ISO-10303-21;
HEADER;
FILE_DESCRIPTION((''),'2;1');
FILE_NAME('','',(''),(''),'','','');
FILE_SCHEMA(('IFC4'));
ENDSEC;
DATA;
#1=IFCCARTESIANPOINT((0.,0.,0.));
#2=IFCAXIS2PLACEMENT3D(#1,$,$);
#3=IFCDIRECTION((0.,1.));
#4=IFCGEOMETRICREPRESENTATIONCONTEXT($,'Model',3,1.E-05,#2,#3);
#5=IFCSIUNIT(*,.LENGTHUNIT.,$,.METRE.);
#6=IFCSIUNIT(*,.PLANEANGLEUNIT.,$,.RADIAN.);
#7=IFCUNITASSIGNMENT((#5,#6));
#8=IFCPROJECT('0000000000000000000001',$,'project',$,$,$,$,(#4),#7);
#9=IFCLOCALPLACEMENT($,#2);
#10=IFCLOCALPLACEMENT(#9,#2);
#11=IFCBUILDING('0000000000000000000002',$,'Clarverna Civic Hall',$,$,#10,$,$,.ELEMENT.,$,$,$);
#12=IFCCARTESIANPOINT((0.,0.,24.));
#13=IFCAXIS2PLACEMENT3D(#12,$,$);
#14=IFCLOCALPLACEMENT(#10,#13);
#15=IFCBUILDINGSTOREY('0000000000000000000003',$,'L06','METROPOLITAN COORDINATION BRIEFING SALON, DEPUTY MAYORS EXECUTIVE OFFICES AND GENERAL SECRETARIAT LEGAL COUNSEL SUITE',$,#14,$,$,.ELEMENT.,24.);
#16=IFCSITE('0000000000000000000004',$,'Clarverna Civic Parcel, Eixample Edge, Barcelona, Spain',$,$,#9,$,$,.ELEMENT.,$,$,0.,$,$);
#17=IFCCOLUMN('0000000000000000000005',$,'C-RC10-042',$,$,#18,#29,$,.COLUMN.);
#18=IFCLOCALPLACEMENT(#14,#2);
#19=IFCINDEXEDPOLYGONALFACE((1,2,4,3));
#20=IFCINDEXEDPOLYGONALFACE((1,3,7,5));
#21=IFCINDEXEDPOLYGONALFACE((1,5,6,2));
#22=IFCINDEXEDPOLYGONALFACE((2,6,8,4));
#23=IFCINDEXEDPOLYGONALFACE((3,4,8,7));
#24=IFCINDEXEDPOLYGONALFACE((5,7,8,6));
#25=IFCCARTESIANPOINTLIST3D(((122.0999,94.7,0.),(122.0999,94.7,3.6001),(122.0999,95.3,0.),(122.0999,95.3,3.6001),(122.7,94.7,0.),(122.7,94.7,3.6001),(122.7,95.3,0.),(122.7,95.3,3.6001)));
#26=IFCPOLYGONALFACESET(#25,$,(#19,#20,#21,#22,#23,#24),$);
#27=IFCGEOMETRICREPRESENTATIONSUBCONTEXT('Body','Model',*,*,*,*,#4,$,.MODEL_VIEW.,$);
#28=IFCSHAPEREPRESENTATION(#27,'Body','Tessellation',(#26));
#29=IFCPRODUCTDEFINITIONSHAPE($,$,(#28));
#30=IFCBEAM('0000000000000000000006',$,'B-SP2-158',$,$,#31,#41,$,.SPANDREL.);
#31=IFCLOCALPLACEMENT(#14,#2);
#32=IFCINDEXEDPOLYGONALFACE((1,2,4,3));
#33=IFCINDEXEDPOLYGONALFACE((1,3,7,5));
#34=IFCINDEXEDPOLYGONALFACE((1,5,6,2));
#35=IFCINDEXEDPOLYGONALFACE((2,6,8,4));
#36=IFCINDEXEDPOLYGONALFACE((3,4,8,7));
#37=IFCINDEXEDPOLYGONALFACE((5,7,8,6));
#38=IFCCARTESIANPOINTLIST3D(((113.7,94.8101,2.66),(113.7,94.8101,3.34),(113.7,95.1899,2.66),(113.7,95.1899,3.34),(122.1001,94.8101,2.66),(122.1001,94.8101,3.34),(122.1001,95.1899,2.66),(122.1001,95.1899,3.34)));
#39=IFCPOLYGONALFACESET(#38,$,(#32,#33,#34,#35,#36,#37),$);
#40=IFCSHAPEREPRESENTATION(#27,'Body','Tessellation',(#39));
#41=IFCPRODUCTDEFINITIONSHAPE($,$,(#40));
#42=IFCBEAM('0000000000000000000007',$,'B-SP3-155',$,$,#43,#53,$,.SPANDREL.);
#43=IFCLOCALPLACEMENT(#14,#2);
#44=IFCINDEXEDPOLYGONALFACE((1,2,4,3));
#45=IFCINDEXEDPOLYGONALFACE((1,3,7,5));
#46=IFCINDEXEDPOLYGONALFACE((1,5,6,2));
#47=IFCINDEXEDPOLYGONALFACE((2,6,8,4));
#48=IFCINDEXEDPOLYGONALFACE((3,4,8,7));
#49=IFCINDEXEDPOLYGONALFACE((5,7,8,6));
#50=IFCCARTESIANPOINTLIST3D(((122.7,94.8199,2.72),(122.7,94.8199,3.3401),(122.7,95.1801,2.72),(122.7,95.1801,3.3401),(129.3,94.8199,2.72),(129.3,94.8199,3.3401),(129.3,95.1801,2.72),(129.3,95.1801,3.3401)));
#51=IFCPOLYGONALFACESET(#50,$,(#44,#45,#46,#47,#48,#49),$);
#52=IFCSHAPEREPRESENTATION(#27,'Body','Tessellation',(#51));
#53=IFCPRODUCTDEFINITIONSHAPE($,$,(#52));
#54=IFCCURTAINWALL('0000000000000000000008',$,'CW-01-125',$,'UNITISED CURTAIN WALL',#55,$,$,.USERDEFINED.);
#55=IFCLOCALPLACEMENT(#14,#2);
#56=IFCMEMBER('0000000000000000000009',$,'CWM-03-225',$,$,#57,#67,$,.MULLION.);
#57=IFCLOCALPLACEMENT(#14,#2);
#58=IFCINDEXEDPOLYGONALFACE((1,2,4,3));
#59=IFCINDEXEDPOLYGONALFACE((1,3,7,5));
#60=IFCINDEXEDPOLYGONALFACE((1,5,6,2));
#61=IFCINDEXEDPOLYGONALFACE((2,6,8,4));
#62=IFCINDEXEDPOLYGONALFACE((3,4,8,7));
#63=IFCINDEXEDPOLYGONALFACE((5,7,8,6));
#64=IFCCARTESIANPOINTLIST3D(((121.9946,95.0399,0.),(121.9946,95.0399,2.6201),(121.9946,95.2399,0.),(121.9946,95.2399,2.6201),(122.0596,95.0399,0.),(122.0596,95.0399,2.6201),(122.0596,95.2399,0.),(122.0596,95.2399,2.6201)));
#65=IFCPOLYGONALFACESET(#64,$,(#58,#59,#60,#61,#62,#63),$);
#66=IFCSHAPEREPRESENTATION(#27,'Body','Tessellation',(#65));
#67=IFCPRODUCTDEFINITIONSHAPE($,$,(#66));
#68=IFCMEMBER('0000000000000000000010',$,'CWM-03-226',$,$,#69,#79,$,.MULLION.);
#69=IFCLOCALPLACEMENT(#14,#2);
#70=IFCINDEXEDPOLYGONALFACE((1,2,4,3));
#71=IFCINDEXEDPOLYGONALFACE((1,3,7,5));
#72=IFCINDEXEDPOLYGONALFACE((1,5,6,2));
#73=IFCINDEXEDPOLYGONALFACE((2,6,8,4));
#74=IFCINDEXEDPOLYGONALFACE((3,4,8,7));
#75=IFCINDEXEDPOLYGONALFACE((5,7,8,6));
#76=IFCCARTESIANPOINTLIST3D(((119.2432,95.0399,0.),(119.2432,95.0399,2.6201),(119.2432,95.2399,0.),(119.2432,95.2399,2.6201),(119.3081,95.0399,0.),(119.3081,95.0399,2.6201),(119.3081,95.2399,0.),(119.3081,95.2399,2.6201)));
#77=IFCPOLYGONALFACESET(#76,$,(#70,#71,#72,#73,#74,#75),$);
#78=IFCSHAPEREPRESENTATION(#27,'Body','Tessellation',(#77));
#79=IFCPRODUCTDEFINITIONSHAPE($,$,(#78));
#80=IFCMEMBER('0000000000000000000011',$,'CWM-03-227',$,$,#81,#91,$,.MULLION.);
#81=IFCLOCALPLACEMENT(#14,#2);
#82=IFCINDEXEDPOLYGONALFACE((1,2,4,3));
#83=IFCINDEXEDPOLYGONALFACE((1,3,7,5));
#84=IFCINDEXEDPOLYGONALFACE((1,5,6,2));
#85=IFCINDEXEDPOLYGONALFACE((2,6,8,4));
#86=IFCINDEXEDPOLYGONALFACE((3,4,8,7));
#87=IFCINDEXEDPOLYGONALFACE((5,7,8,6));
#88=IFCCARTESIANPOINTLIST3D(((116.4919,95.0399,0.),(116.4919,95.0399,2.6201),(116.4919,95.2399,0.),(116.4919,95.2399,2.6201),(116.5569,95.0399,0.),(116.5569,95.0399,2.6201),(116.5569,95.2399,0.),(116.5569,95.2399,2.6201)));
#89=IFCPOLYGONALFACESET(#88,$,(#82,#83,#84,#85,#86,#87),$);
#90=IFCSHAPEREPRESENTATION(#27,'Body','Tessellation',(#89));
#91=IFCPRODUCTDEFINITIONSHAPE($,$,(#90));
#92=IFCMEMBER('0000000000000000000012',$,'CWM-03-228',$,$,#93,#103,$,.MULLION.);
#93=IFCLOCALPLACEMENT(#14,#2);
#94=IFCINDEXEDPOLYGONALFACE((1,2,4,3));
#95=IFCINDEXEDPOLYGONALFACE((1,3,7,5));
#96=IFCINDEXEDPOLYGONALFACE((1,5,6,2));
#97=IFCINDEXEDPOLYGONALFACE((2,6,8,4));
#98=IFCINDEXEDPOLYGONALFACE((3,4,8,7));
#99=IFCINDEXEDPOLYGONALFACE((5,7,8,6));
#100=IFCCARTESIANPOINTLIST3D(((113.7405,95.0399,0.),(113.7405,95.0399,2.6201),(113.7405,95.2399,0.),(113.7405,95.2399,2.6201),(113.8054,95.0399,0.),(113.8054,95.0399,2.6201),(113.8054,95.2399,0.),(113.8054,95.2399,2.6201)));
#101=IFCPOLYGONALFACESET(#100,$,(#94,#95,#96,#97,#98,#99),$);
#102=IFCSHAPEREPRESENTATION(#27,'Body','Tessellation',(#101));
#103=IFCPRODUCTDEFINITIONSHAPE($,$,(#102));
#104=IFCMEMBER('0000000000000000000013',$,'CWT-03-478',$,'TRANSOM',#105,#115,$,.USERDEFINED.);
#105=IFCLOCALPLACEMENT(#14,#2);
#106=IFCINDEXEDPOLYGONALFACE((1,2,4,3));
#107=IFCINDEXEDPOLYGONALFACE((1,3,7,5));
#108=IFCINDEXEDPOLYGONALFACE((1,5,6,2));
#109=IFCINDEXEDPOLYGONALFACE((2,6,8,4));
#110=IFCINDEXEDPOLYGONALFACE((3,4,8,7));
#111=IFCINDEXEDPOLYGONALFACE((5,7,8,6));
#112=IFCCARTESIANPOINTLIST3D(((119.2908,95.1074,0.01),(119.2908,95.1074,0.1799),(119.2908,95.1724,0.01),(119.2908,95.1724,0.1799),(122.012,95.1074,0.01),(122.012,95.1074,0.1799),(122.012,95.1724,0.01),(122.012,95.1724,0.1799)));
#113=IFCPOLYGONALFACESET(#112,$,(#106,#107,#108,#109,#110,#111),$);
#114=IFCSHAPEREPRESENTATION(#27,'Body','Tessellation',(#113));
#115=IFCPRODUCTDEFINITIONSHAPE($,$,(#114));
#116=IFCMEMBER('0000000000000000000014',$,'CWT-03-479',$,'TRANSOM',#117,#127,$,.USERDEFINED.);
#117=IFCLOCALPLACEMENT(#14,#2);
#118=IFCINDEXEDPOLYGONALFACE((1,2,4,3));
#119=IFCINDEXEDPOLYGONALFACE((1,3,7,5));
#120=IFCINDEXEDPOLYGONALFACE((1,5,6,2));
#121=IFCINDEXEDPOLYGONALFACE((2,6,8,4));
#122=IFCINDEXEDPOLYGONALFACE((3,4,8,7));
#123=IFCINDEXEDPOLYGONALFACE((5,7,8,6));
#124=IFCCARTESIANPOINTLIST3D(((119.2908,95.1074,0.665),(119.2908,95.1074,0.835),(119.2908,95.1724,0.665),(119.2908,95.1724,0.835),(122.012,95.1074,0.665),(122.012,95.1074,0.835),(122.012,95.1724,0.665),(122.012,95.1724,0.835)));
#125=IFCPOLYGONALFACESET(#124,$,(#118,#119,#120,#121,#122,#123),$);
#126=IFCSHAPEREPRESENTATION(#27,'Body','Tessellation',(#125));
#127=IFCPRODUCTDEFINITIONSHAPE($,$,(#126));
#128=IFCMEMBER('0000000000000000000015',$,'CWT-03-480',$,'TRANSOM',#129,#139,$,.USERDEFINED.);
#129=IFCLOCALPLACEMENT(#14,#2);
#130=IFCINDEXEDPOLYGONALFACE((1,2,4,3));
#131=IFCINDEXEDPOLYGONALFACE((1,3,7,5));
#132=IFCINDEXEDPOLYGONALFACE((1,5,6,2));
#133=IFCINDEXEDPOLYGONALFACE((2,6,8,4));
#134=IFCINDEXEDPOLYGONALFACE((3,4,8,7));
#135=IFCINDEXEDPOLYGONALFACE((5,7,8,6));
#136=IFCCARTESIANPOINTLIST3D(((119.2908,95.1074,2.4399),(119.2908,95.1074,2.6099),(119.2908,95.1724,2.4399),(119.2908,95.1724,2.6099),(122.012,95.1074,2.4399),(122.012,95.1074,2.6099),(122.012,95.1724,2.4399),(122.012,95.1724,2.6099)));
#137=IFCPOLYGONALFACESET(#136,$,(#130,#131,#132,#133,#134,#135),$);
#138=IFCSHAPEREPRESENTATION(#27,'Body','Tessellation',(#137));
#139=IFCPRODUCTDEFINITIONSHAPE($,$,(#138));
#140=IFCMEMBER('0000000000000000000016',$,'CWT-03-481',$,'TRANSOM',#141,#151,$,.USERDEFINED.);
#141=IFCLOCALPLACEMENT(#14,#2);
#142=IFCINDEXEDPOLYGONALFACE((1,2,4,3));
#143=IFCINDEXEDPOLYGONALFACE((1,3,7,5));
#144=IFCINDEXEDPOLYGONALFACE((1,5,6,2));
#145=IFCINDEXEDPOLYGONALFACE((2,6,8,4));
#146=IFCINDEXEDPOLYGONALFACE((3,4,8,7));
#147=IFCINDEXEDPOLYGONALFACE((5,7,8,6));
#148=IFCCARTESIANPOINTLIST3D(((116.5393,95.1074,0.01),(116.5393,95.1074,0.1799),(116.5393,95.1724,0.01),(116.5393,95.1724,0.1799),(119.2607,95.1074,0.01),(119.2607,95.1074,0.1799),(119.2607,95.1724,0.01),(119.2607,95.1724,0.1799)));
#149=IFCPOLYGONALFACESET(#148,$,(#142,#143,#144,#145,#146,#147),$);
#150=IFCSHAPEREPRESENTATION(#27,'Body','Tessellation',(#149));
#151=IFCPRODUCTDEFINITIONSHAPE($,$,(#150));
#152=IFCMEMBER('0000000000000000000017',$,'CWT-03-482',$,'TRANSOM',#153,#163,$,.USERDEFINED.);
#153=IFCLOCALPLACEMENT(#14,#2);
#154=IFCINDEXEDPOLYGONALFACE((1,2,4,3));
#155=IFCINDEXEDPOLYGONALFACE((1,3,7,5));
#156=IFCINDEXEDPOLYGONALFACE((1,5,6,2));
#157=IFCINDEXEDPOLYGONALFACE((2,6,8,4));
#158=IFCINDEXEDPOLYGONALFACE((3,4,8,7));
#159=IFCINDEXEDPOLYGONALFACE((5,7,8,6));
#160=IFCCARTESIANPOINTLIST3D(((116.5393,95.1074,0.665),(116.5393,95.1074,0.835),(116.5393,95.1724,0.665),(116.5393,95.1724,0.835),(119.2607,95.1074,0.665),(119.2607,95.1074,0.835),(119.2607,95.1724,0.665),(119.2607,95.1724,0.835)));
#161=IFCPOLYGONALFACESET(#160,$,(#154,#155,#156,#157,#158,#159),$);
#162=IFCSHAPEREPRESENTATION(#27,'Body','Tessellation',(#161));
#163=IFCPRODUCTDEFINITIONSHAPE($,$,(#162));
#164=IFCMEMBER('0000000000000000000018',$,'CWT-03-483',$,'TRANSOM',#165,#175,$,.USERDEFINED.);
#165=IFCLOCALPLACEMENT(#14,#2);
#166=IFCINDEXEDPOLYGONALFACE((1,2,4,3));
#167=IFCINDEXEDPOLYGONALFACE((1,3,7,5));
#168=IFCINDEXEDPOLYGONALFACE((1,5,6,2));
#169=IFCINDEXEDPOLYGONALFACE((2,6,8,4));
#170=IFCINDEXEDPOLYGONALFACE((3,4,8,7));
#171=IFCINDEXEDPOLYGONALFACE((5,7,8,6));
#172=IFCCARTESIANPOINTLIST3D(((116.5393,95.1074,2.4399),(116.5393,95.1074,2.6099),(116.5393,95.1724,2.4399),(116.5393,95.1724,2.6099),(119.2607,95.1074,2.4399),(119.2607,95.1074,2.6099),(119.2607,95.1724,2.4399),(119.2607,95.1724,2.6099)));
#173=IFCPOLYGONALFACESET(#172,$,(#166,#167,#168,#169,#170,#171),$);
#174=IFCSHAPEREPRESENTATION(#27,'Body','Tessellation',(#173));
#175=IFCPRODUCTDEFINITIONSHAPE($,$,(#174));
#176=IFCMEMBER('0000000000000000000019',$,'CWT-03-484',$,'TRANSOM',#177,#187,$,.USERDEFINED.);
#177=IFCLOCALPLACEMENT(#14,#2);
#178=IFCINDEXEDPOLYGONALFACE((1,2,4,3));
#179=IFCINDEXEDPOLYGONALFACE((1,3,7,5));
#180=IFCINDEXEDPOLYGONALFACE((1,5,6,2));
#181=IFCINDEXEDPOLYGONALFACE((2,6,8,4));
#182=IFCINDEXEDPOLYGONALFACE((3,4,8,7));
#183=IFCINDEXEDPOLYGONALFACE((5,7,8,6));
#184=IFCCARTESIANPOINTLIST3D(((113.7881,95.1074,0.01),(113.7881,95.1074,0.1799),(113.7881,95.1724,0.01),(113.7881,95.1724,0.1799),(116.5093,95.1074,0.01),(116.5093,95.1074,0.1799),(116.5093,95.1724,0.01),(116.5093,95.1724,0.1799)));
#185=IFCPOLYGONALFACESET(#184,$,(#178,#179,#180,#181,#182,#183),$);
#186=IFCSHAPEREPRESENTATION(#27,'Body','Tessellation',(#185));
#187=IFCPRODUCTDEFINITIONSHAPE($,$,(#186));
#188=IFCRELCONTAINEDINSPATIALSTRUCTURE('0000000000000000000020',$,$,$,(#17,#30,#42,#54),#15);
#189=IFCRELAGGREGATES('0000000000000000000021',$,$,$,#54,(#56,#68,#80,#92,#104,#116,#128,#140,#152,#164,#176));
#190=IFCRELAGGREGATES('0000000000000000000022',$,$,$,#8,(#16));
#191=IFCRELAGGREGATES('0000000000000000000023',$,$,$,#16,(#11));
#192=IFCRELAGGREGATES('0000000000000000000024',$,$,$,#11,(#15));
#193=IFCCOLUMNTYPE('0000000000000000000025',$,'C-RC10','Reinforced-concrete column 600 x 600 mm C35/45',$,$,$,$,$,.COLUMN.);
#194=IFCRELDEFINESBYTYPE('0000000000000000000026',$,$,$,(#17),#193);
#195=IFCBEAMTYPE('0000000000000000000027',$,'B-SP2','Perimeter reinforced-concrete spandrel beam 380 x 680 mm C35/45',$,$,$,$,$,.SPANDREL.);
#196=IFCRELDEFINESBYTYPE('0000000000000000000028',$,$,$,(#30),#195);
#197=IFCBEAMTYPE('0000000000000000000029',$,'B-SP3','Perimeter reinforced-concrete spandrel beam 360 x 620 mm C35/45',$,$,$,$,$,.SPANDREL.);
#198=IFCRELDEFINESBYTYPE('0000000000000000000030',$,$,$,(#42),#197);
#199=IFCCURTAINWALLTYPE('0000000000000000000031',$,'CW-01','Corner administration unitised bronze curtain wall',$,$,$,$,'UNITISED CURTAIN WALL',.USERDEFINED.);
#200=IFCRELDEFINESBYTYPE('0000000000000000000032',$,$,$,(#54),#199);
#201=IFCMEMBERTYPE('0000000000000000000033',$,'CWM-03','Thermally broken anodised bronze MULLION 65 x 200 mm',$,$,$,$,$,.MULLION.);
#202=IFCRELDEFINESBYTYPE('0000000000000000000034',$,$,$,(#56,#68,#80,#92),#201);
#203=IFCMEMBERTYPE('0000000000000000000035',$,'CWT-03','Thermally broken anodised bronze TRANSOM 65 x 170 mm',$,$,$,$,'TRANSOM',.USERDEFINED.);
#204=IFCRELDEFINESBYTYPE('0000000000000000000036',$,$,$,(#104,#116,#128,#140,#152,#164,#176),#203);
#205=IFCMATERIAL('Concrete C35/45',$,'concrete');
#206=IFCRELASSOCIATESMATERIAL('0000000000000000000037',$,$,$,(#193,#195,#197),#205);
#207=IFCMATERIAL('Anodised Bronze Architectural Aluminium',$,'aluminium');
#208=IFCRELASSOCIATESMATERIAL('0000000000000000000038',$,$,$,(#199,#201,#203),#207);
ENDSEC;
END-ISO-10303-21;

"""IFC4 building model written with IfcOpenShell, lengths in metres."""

from ifc_helpers import new_model, si_unit, direction, frame, origin, origin_2d, place, context, subcontext, project, spatial, rectangle, extrude, material, material_profile, profile_set, type_object, element, aggregate, save


model = new_model("IFC4")

# Units and contexts
model_context = context("Model", 3, precision=1e-05, world=origin(), true_north=direction((0.0, 1.0)))
body_context = subcontext(model_context, "Body", "Model", "MODEL_VIEW")
ifc_project = project(units=[si_unit("LENGTHUNIT", "METRE"), si_unit("PLANEANGLEUNIT", "RADIAN")], contexts=[model_context])

# Site, building, storey
site_placement = place(None, origin())
site = spatial("IfcSite", under=ifc_project, at=site_placement, Name="Clarverna Civic Parcel, Eixample Edge, Barcelona, Spain", CompositionType="ELEMENT", RefElevation=0.0)
building_placement = place(site_placement, origin())
building = spatial("IfcBuilding", under=site, at=building_placement, Name="Clarverna Civic Hall", CompositionType="ELEMENT")
storey_placement = place(building_placement, frame((0.0, 0.0, 24.0)))
storey = spatial("IfcBuildingStorey", under=building, at=storey_placement, Name="L06", Description="METROPOLITAN COORDINATION BRIEFING SALON, DEPUTY MAYORS EXECUTIVE OFFICES AND GENERAL SECRETARIAT LEGAL COUNSEL SUITE", CompositionType="ELEMENT", Elevation=24.0)

# Column
ifc_material_1 = material(Name="Concrete C35/45", Category="concrete")
ifc_material_profile_1 = material_profile(ifc_material_1, rectangle(XDim=0.6001, YDim=0.6001, at=origin_2d()), Name="RC 600x600")
ifc_profile_set_1 = profile_set([ifc_material_profile_1], Name="Concrete C35/45")
column_type = type_object("IfcColumnType", Name="C-RC10", Description="Reinforced-concrete column 600 x 600 mm C35/45", PredefinedType="COLUMN", material=ifc_profile_set_1)
column_placement = place(storey_placement, frame((122.3999, 95.0, 0.0), z_axis=(0.0, 0.0, 1.0), x_axis=(1.0, 0.0, 0.0)))
element("IfcColumn", 1, at=column_placement, inside=storey, type_object=column_type, Name="C-RC10-042", PredefinedType="COLUMN", context=body_context, shape_type="SweptSolid", body=[
    extrude(rectangle(XDim=0.6001, YDim=0.6001, at=origin_2d()), origin(), (0.0, 0.0, 1.0), 3.6001),
])

# Beams
ifc_material_profile_2 = material_profile(ifc_material_1, rectangle(XDim=0.3799, YDim=0.6799, at=origin_2d()), Name="RC 380x680")
ifc_profile_set_2 = profile_set([ifc_material_profile_2], Name="Concrete C35/45")
beam_type_1 = type_object("IfcBeamType", Name="B-SP2", Description="Perimeter reinforced-concrete spandrel beam 380 x 680 mm C35/45", PredefinedType="SPANDREL", material=ifc_profile_set_2)
beam_1_placement = place(storey_placement, frame((113.7, 95.0, 3.0), z_axis=(1.0, 0.0, 0.0), x_axis=(0.0, 1.0, 0.0)))
element("IfcBeam", 2, at=beam_1_placement, inside=storey, type_object=beam_type_1, Name="B-SP2-158", PredefinedType="SPANDREL", context=body_context, shape_type="SweptSolid", body=[
    extrude(rectangle(XDim=0.3799, YDim=0.6799, at=origin_2d()), origin(), (0.0, 0.0, 1.0), 8.4001),
])
ifc_material_profile_3 = material_profile(ifc_material_1, rectangle(XDim=0.3601, YDim=0.6201, at=origin_2d()), Name="RC 360x620")
ifc_profile_set_3 = profile_set([ifc_material_profile_3], Name="Concrete C35/45")
beam_type_2 = type_object("IfcBeamType", Name="B-SP3", Description="Perimeter reinforced-concrete spandrel beam 360 x 620 mm C35/45", PredefinedType="SPANDREL", material=ifc_profile_set_3)
beam_2_placement = place(storey_placement, frame((122.7, 95.0, 3.03), z_axis=(1.0, 0.0, 0.0), x_axis=(0.0, 1.0, 0.0)))
element("IfcBeam", 3, at=beam_2_placement, inside=storey, type_object=beam_type_2, Name="B-SP3-155", PredefinedType="SPANDREL", context=body_context, shape_type="SweptSolid", body=[
    extrude(rectangle(XDim=0.3601, YDim=0.6201, at=origin_2d()), origin(), (0.0, 0.0, 1.0), 6.6001),
])

# Curtain wall, members
ifc_material_2 = material(Name="Anodised Bronze Architectural Aluminium", Category="aluminium")
curtain_wall_type = type_object("IfcCurtainWallType", Name="CW-01", Description="Corner administration unitised bronze curtain wall", ElementType="UNITISED CURTAIN WALL", PredefinedType="USERDEFINED", material=ifc_material_2)
curtain_wall_placement = place(storey_placement, origin())
curtain_wall = element("IfcCurtainWall", 4, at=curtain_wall_placement, inside=storey, type_object=curtain_wall_type, Name="CW-01-125", ObjectType="UNITISED CURTAIN WALL", PredefinedType="USERDEFINED")
ifc_material_profile_4 = material_profile(ifc_material_2, rectangle(XDim=0.0649, YDim=0.2, at=origin_2d()), Name="BRONZE 65x200")
ifc_profile_set_4 = profile_set([ifc_material_profile_4], Name="Anodised Bronze Architectural Aluminium")
member_type_1 = type_object("IfcMemberType", Name="CWM-03", Description="Thermally broken anodised bronze MULLION 65 x 200 mm", PredefinedType="MULLION", material=ifc_profile_set_4)
member_1_placement = place(storey_placement, frame((122.0271, 95.1399, 0.0), z_axis=(0.0, 0.0, 1.0), x_axis=(1.0, 0.0, 0.0)))
member_1 = element("IfcMember", 5, at=member_1_placement, type_object=member_type_1, Name="CWM-03-225", PredefinedType="MULLION", context=body_context, shape_type="SweptSolid", body=[
    extrude(rectangle(XDim=0.0649, YDim=0.2, at=origin_2d()), origin(), (0.0, 0.0, 1.0), 2.6201),
])
member_2_placement = place(storey_placement, frame((119.2756, 95.1399, 0.0), z_axis=(0.0, 0.0, 1.0), x_axis=(1.0, 0.0, 0.0)))
member_2 = element("IfcMember", 6, at=member_2_placement, type_object=member_type_1, Name="CWM-03-226", PredefinedType="MULLION", context=body_context, shape_type="SweptSolid", body=[
    extrude(rectangle(XDim=0.0649, YDim=0.2, at=origin_2d()), origin(), (0.0, 0.0, 1.0), 2.6201),
])
member_3_placement = place(storey_placement, frame((116.5244, 95.1399, 0.0), z_axis=(0.0, 0.0, 1.0), x_axis=(1.0, 0.0, 0.0)))
member_3 = element("IfcMember", 7, at=member_3_placement, type_object=member_type_1, Name="CWM-03-227", PredefinedType="MULLION", context=body_context, shape_type="SweptSolid", body=[
    extrude(rectangle(XDim=0.0649, YDim=0.2, at=origin_2d()), origin(), (0.0, 0.0, 1.0), 2.6201),
])
member_4_placement = place(storey_placement, frame((113.7729, 95.1399, 0.0), z_axis=(0.0, 0.0, 1.0), x_axis=(1.0, 0.0, 0.0)))
member_4 = element("IfcMember", 8, at=member_4_placement, type_object=member_type_1, Name="CWM-03-228", PredefinedType="MULLION", context=body_context, shape_type="SweptSolid", body=[
    extrude(rectangle(XDim=0.0649, YDim=0.2, at=origin_2d()), origin(), (0.0, 0.0, 1.0), 2.6201),
])
ifc_material_profile_5 = material_profile(ifc_material_2, rectangle(XDim=0.0649, YDim=0.1699, at=origin_2d()), Name="BRONZE 65x170")
ifc_profile_set_5 = profile_set([ifc_material_profile_5], Name="Anodised Bronze Architectural Aluminium")
member_type_2 = type_object("IfcMemberType", Name="CWT-03", Description="Thermally broken anodised bronze TRANSOM 65 x 170 mm", ElementType="TRANSOM", PredefinedType="USERDEFINED", material=ifc_profile_set_5)
member_5_placement = place(storey_placement, frame((122.012, 95.1399, 0.095), z_axis=(-1.0, 0.0, 0.0), x_axis=(0.0, -1.0, 0.0)))
member_5 = element("IfcMember", 9, at=member_5_placement, type_object=member_type_2, Name="CWT-03-478", ObjectType="TRANSOM", PredefinedType="USERDEFINED", context=body_context, shape_type="SweptSolid", body=[
    extrude(rectangle(XDim=0.0649, YDim=0.1699, at=origin_2d()), origin(), (0.0, 0.0, 1.0), 2.7212),
])
member_6_placement = place(storey_placement, frame((122.012, 95.1399, 0.75), z_axis=(-1.0, 0.0, 0.0), x_axis=(0.0, -1.0, 0.0)))
member_6 = element("IfcMember", 10, at=member_6_placement, type_object=member_type_2, Name="CWT-03-479", ObjectType="TRANSOM", PredefinedType="USERDEFINED", context=body_context, shape_type="SweptSolid", body=[
    extrude(rectangle(XDim=0.0649, YDim=0.1699, at=origin_2d()), origin(), (0.0, 0.0, 1.0), 2.7212),
])
member_7_placement = place(storey_placement, frame((122.012, 95.1399, 2.5249), z_axis=(-1.0, 0.0, 0.0), x_axis=(0.0, -1.0, 0.0)))
member_7 = element("IfcMember", 11, at=member_7_placement, type_object=member_type_2, Name="CWT-03-480", ObjectType="TRANSOM", PredefinedType="USERDEFINED", context=body_context, shape_type="SweptSolid", body=[
    extrude(rectangle(XDim=0.0649, YDim=0.1699, at=origin_2d()), origin(), (0.0, 0.0, 1.0), 2.7212),
])
member_8_placement = place(storey_placement, frame((119.2607, 95.1399, 0.095), z_axis=(-1.0, 0.0, 0.0), x_axis=(0.0, -1.0, 0.0)))
member_8 = element("IfcMember", 12, at=member_8_placement, type_object=member_type_2, Name="CWT-03-481", ObjectType="TRANSOM", PredefinedType="USERDEFINED", context=body_context, shape_type="SweptSolid", body=[
    extrude(rectangle(XDim=0.0649, YDim=0.1699, at=origin_2d()), origin(), (0.0, 0.0, 1.0), 2.7214),
])
member_9_placement = place(storey_placement, frame((119.2607, 95.1399, 0.75), z_axis=(-1.0, 0.0, 0.0), x_axis=(0.0, -1.0, 0.0)))
member_9 = element("IfcMember", 13, at=member_9_placement, type_object=member_type_2, Name="CWT-03-482", ObjectType="TRANSOM", PredefinedType="USERDEFINED", context=body_context, shape_type="SweptSolid", body=[
    extrude(rectangle(XDim=0.0649, YDim=0.1699, at=origin_2d()), origin(), (0.0, 0.0, 1.0), 2.7214),
])
member_10_placement = place(storey_placement, frame((119.2607, 95.1399, 2.5249), z_axis=(-1.0, 0.0, 0.0), x_axis=(0.0, -1.0, 0.0)))
member_10 = element("IfcMember", 14, at=member_10_placement, type_object=member_type_2, Name="CWT-03-483", ObjectType="TRANSOM", PredefinedType="USERDEFINED", context=body_context, shape_type="SweptSolid", body=[
    extrude(rectangle(XDim=0.0649, YDim=0.1699, at=origin_2d()), origin(), (0.0, 0.0, 1.0), 2.7214),
])
member_11_placement = place(storey_placement, frame((116.5093, 95.1399, 0.095), z_axis=(-1.0, 0.0, 0.0), x_axis=(0.0, -1.0, 0.0)))
member_11 = element("IfcMember", 15, at=member_11_placement, type_object=member_type_2, Name="CWT-03-484", ObjectType="TRANSOM", PredefinedType="USERDEFINED", context=body_context, shape_type="SweptSolid", body=[
    extrude(rectangle(XDim=0.0649, YDim=0.1699, at=origin_2d()), origin(), (0.0, 0.0, 1.0), 2.7212),
])
aggregate(curtain_wall, [member_1, member_2, member_3, member_4, member_5, member_6, member_7, member_8, member_9, member_10, member_11])

save(model, "model.ifc")
